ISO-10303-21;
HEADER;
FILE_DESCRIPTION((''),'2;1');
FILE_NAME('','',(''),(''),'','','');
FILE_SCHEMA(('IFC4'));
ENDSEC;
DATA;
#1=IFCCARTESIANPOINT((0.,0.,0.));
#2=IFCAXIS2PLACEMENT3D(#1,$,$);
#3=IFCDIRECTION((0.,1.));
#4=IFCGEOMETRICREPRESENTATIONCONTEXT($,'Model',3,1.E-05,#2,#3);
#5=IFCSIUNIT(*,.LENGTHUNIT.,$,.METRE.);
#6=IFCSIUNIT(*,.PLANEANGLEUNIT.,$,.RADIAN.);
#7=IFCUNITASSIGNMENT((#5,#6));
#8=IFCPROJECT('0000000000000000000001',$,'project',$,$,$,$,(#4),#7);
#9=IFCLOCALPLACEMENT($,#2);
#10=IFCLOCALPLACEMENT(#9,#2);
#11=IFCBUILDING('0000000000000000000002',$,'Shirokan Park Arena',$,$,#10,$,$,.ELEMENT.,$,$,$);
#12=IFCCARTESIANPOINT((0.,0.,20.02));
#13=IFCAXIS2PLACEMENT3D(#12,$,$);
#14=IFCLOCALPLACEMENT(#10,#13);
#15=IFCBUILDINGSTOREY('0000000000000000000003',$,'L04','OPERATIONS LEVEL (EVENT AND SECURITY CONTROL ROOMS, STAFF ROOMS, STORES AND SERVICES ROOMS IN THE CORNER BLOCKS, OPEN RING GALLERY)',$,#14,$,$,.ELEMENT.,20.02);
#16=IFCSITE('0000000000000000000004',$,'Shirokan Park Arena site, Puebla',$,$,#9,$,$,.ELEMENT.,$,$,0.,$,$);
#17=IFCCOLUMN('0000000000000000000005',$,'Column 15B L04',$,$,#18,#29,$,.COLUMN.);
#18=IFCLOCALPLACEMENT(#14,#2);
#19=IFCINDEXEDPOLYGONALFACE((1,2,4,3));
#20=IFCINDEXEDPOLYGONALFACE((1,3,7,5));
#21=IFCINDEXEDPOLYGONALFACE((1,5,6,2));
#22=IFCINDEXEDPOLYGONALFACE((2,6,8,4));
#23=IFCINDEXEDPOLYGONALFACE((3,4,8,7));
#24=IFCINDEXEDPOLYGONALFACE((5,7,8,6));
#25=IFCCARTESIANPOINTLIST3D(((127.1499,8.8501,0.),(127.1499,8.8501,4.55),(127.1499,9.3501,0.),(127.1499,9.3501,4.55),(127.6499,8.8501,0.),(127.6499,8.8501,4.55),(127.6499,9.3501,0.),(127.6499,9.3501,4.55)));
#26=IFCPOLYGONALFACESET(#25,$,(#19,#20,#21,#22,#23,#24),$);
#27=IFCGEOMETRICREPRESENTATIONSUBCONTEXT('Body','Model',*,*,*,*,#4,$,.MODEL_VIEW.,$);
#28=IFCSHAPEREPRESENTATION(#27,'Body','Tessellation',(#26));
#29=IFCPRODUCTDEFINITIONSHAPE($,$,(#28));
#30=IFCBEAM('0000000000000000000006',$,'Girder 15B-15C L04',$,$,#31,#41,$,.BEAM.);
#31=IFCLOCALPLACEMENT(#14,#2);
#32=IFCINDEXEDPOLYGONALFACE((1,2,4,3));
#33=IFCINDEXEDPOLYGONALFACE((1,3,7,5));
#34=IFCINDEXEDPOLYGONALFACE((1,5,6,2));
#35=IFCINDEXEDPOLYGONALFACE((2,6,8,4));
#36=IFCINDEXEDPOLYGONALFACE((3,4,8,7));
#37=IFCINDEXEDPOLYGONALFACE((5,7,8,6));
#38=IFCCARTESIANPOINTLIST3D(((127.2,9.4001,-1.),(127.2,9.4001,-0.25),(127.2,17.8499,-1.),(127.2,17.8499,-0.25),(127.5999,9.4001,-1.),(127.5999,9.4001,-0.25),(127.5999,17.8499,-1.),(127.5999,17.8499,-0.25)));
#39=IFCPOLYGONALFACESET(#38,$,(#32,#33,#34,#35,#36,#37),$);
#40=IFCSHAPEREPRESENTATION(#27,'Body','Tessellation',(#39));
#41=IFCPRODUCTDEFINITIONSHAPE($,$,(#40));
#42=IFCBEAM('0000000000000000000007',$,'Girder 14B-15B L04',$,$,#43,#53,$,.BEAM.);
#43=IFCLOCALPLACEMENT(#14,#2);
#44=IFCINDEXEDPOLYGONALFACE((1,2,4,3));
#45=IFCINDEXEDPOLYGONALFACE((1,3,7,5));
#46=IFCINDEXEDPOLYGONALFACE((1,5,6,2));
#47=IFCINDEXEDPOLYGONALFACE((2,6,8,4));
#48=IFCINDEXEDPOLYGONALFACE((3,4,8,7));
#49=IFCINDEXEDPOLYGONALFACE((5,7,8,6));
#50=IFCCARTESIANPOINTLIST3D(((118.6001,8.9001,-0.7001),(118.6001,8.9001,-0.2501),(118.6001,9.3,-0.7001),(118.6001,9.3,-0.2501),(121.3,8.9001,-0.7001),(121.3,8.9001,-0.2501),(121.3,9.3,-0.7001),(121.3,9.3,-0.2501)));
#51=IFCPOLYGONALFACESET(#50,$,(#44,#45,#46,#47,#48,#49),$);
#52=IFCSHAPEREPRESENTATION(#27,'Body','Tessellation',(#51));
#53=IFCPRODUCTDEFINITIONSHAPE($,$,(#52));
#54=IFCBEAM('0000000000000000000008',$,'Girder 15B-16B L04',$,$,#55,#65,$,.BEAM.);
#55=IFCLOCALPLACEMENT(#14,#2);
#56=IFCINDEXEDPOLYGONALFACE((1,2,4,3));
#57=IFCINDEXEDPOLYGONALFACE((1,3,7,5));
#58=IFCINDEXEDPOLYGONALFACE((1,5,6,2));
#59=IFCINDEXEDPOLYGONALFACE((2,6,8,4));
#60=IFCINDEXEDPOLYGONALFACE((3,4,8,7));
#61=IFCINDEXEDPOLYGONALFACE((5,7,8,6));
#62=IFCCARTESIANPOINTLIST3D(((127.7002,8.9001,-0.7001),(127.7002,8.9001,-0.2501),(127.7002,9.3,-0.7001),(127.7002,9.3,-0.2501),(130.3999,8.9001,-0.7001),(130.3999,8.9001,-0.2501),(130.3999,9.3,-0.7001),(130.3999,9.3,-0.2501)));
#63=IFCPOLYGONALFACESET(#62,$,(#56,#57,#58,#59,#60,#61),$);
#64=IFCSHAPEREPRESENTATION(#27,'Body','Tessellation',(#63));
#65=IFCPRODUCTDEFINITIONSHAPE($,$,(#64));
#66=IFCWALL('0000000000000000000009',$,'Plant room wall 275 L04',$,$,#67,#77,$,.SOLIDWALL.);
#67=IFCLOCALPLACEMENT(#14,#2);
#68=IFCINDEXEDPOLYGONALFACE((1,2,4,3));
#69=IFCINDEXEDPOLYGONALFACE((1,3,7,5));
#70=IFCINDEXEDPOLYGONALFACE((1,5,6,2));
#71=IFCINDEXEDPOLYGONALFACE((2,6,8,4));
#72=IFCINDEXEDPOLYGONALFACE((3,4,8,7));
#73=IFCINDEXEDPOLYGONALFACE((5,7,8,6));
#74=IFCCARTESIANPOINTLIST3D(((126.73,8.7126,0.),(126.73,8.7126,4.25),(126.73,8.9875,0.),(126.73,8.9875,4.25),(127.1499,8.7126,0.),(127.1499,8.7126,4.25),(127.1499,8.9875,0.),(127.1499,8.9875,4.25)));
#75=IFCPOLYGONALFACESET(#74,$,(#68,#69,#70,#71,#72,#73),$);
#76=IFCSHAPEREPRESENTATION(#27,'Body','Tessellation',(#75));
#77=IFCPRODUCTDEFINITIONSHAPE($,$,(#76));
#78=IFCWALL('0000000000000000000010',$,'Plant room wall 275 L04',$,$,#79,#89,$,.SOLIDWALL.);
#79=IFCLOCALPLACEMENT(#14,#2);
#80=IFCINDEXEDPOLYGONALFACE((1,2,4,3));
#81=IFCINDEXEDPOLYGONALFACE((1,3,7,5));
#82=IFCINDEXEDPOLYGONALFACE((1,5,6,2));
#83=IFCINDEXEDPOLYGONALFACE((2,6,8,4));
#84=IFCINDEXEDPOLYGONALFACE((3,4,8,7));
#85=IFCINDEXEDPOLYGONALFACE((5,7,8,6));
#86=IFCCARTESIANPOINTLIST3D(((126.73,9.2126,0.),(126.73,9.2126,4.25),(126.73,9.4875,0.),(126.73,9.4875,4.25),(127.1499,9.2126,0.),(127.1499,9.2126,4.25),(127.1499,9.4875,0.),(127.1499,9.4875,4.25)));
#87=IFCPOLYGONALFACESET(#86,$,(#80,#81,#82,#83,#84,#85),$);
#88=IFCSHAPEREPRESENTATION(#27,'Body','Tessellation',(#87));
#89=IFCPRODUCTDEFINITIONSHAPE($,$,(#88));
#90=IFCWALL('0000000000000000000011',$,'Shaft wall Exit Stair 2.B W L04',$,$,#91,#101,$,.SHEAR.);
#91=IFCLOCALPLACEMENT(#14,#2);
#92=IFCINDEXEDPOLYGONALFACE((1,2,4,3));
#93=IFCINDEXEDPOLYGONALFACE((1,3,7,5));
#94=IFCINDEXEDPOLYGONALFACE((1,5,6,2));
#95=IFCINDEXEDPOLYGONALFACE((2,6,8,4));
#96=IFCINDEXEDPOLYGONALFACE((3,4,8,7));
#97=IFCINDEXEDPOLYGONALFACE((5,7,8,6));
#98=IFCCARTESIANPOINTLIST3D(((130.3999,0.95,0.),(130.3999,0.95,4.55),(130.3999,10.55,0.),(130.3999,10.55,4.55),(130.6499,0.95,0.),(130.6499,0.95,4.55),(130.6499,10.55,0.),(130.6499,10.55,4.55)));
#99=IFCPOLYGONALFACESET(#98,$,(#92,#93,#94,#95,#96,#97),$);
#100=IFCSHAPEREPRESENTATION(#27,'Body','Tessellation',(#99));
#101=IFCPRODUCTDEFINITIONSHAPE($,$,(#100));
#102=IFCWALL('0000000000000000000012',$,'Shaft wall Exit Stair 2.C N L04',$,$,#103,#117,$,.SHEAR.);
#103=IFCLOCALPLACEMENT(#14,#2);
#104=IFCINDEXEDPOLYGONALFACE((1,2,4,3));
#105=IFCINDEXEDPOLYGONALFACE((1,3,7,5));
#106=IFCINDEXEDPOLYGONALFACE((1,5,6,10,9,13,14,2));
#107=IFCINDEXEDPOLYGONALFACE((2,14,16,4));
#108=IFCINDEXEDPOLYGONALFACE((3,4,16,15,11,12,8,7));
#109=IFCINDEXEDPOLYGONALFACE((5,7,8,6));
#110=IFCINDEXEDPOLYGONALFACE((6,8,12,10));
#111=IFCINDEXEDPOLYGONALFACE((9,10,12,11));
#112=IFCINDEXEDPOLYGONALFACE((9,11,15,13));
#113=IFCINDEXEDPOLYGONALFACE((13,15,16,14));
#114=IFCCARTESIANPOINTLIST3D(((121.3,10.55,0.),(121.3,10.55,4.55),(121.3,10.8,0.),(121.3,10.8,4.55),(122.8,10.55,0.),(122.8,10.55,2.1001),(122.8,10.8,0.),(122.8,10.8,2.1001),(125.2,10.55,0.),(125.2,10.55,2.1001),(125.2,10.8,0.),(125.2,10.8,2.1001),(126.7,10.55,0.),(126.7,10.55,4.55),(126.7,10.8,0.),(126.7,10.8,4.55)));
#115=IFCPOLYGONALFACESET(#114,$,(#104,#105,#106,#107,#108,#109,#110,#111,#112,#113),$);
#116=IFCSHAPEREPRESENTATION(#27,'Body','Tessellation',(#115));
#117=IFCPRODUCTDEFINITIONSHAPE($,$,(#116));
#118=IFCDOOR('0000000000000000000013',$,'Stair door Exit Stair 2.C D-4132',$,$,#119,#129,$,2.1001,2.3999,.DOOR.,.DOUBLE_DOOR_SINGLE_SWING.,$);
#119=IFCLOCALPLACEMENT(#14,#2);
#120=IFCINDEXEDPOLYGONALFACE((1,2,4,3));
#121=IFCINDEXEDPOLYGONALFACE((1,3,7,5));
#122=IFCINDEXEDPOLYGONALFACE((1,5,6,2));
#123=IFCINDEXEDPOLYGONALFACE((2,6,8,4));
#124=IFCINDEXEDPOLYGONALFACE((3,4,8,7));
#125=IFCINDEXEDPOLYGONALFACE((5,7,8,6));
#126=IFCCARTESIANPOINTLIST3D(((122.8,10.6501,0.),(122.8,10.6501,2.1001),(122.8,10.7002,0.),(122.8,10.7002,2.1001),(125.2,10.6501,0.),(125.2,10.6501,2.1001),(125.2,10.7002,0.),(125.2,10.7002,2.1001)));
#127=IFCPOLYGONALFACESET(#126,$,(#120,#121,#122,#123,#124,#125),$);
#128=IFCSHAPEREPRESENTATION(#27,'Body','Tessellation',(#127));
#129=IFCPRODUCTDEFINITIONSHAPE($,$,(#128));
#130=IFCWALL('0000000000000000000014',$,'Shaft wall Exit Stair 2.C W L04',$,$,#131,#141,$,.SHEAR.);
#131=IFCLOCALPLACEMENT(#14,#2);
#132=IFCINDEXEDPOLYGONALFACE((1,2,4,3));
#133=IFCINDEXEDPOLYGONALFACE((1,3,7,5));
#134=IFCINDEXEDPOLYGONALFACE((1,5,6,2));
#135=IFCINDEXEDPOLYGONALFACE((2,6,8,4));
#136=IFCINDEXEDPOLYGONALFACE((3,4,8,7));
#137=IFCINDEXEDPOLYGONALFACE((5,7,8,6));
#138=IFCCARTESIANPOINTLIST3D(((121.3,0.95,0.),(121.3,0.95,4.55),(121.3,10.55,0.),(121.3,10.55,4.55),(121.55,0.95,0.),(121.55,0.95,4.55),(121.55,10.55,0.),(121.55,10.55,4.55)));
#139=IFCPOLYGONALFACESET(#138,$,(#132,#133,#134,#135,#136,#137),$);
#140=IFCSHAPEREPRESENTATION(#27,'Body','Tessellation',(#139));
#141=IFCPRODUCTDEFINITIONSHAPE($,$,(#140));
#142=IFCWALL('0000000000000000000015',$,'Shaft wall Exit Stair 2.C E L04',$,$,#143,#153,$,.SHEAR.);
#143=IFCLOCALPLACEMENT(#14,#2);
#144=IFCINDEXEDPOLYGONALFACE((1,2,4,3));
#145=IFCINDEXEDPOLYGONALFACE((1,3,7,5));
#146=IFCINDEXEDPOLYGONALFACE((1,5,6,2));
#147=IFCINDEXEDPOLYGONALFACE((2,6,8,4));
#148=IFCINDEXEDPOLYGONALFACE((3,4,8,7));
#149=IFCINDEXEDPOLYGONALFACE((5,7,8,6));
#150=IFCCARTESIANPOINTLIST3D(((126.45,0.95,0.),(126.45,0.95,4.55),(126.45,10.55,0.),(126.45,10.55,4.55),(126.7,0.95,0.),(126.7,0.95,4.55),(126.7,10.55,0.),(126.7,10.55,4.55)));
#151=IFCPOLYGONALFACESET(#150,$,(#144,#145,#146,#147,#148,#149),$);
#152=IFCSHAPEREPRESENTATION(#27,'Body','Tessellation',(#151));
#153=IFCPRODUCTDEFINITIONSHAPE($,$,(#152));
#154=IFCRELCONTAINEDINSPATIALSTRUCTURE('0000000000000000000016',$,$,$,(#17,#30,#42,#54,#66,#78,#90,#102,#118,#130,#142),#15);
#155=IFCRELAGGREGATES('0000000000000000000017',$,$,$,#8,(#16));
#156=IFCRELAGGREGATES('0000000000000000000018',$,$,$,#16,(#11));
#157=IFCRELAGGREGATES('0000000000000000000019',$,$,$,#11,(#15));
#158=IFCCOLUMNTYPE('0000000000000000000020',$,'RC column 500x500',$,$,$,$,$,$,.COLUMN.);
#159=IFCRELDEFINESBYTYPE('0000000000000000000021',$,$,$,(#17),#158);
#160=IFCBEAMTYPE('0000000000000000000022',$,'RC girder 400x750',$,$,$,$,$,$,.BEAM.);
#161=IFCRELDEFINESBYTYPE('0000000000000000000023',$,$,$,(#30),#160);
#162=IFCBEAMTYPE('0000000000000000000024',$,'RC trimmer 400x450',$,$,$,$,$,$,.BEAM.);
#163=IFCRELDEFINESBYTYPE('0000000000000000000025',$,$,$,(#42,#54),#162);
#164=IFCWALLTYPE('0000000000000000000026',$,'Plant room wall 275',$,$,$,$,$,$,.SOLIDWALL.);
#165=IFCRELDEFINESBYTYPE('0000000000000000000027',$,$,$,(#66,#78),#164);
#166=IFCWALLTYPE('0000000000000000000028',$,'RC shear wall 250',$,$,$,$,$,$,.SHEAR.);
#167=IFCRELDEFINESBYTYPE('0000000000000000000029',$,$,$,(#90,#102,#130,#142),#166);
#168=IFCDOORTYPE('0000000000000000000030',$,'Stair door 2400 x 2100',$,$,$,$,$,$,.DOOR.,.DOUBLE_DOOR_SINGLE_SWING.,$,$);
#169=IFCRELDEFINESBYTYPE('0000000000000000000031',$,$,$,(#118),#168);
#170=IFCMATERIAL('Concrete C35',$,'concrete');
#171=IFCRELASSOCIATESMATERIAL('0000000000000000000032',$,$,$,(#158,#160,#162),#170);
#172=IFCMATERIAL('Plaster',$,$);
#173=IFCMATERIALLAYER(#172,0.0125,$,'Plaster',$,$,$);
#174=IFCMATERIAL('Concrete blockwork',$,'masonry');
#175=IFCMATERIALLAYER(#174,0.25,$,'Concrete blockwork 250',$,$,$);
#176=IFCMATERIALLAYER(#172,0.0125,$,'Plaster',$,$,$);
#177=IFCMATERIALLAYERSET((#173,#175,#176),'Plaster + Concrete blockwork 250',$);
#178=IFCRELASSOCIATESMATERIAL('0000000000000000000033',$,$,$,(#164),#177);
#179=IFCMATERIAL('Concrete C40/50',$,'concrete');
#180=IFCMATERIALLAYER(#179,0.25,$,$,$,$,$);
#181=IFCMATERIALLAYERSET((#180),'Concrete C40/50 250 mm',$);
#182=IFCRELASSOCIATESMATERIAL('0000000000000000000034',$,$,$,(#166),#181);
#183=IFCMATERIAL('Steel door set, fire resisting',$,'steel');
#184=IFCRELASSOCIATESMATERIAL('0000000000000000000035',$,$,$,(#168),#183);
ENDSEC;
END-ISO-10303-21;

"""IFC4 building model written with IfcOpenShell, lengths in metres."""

from ifc_helpers import new_model, si_unit, direction, frame, frame_2d, origin, origin_2d, place, context, subcontext, project, spatial, rectangle, extrude, material, layer, layer_set, material_profile, profile_set, type_object, element, fill, save


model = new_model("IFC4")

# Units and contexts
model_context = context("Model", 3, precision=1e-05, world=origin(), true_north=direction((0.0, 1.0)))
body_context = subcontext(model_context, "Body", "Model", "MODEL_VIEW")
ifc_project = project(units=[si_unit("LENGTHUNIT", "METRE"), si_unit("PLANEANGLEUNIT", "RADIAN")], contexts=[model_context])

# Site, building, storey
site_placement = place(None, origin())
site = spatial("IfcSite", under=ifc_project, at=site_placement, Name="Shirokan Park Arena site, Puebla", CompositionType="ELEMENT", RefElevation=0.0)
building_placement = place(site_placement, origin())
building = spatial("IfcBuilding", under=site, at=building_placement, Name="Shirokan Park Arena", CompositionType="ELEMENT")
storey_placement = place(building_placement, frame((0.0, 0.0, 20.02)))
storey = spatial("IfcBuildingStorey", under=building, at=storey_placement, Name="L04", Description="OPERATIONS LEVEL (EVENT AND SECURITY CONTROL ROOMS, STAFF ROOMS, STORES AND SERVICES ROOMS IN THE CORNER BLOCKS, OPEN RING GALLERY)", CompositionType="ELEMENT", Elevation=20.02)

# Column
ifc_material_1 = material(Name="Concrete C35", Category="concrete")
ifc_material_profile_1 = material_profile(ifc_material_1, rectangle(XDim=0.5, YDim=0.5, at=origin_2d()), Name="500x500")
ifc_profile_set_1 = profile_set([ifc_material_profile_1], Name="Concrete C35")
column_type = type_object("IfcColumnType", Name="RC column 500x500", PredefinedType="COLUMN", material=ifc_profile_set_1)
column_placement = place(storey_placement, frame((127.3999, 9.1001, 0.0), z_axis=(0.0, 0.0, 1.0), x_axis=(1.0, 0.0, 0.0)))
element("IfcColumn", 1, at=column_placement, inside=storey, type_object=column_type, Name="Column 15B L04", PredefinedType="COLUMN", context=body_context, shape_type="SweptSolid", body=[
    extrude(rectangle(XDim=0.5, YDim=0.5, at=origin_2d()), origin(), (0.0, 0.0, 1.0), 4.55),
])

# Beams
ifc_material_profile_2 = material_profile(ifc_material_1, rectangle(XDim=0.3999, YDim=0.75, at=origin_2d()), Name="400x750")
ifc_profile_set_2 = profile_set([ifc_material_profile_2], Name="Concrete C35")
beam_type_1 = type_object("IfcBeamType", Name="RC girder 400x750", PredefinedType="BEAM", material=ifc_profile_set_2)
beam_1_placement = place(storey_placement, frame((127.3999, 9.4001, -0.625), z_axis=(0.0, 1.0, 0.0), x_axis=(-1.0, 0.0, 0.0)))
element("IfcBeam", 2, at=beam_1_placement, inside=storey, type_object=beam_type_1, Name="Girder 15B-15C L04", PredefinedType="BEAM", context=body_context, shape_type="SweptSolid", body=[
    extrude(rectangle(XDim=0.3999, YDim=0.75, at=origin_2d()), origin(), (0.0, 0.0, 1.0), 8.4497),
])
ifc_material_profile_3 = material_profile(ifc_material_1, rectangle(XDim=0.3999, YDim=0.45, at=origin_2d()), Name="400x450")
ifc_profile_set_3 = profile_set([ifc_material_profile_3], Name="Concrete C35")
beam_type_2 = type_object("IfcBeamType", Name="RC trimmer 400x450", PredefinedType="BEAM", material=ifc_profile_set_3)
beam_2_placement = place(storey_placement, frame((118.6001, 9.1001, -0.4751), z_axis=(1.0, 0.0, 0.0), x_axis=(0.0, 1.0, 0.0)))
element("IfcBeam", 3, at=beam_2_placement, inside=storey, type_object=beam_type_2, Name="Girder 14B-15B L04", PredefinedType="BEAM", context=body_context, shape_type="SweptSolid", body=[
    extrude(rectangle(XDim=0.3999, YDim=0.45, at=origin_2d()), origin(), (0.0, 0.0, 1.0), 2.7),
])
beam_3_placement = place(storey_placement, frame((127.7002, 9.1001, -0.4751), z_axis=(1.0, 0.0, 0.0), x_axis=(0.0, 1.0, 0.0)))
element("IfcBeam", 4, at=beam_3_placement, inside=storey, type_object=beam_type_2, Name="Girder 15B-16B L04", PredefinedType="BEAM", context=body_context, shape_type="SweptSolid", body=[
    extrude(rectangle(XDim=0.3999, YDim=0.45, at=origin_2d()), origin(), (0.0, 0.0, 1.0), 2.6997),
])

# Walls
ifc_material_2 = material(Name="Plaster")
ifc_layer_1 = layer(ifc_material_2, 0.0125, Name="Plaster")
ifc_material_3 = material(Name="Concrete blockwork", Category="masonry")
ifc_layer_2 = layer(ifc_material_3, 0.25, Name="Concrete blockwork 250")
ifc_layer_3 = layer(ifc_material_2, 0.0125, Name="Plaster")
ifc_layer_set_1 = layer_set([ifc_layer_1, ifc_layer_2, ifc_layer_3], Name="Plaster + Concrete blockwork 250")
wall_type_1 = type_object("IfcWallType", Name="Plant room wall 275", PredefinedType="SOLIDWALL", material=ifc_layer_set_1)
for number, where, z_axis, x_axis, name in (
    (5, (126.73, 8.8501, 0.0), (0.0, 0.0, 1.0), (1.0, 0.0, 0.0), "Plant room wall 275 L04"),
    (6, (127.1499, 9.3501, 0.0), (0.0, 0.0, 1.0), (-1.0, 0.0, 0.0), "Plant room wall 275 L04"),
):
    element("IfcWall", number, at=place(storey_placement, frame(where, z_axis=z_axis, x_axis=x_axis)), inside=storey, type_object=wall_type_1, Name=name, PredefinedType="SOLIDWALL", context=body_context, shape_type="SweptSolid", body=[
        extrude(rectangle(XDim=0.4199, YDim=0.2749, at=frame_2d((0.21, 0.0))), origin(), (0.0, 0.0, 1.0), 4.25),
    ])
ifc_material_4 = material(Name="Concrete C40/50", Category="concrete")
ifc_layer_4 = layer(ifc_material_4, 0.25)
ifc_layer_set_2 = layer_set([ifc_layer_4], Name="Concrete C40/50 250 mm")
wall_type_2 = type_object("IfcWallType", Name="RC shear wall 250", PredefinedType="SHEAR", material=ifc_layer_set_2)
wall_1_placement = place(storey_placement, frame((130.5249, 10.55, 0.0), z_axis=(0.0, 0.0, 1.0), x_axis=(0.0, -1.0, 0.0)))
element("IfcWall", 7, at=wall_1_placement, inside=storey, type_object=wall_type_2, Name="Shaft wall Exit Stair 2.B W L04", PredefinedType="SHEAR", context=body_context, shape_type="SweptSolid", body=[
    extrude(rectangle(XDim=9.6001, YDim=0.25, at=frame_2d((4.8, 0.0))), origin(), (0.0, 0.0, 1.0), 4.55),
])

# Wall, opening, door
wall_2_placement = place(storey_placement, frame((126.7, 10.675, 0.0), z_axis=(0.0, 0.0, 1.0), x_axis=(-1.0, 0.0, 0.0)))
wall_2 = element("IfcWall", 8, at=wall_2_placement, inside=storey, type_object=wall_type_2, Name="Shaft wall Exit Stair 2.C N L04", PredefinedType="SHEAR", context=body_context, shape_type="SweptSolid", body=[
    extrude(rectangle(XDim=5.3999, YDim=0.25, at=frame_2d((2.7, 0.0))), origin(), (0.0, 0.0, 1.0), 4.55),
])
opening_placement = place(wall_2_placement, frame((1.5, 0.0, 0.0)))
opening = element("IfcOpeningElement", 9, at=opening_placement, cuts=wall_2, PredefinedType="OPENING", context=body_context, shape_type="SweptSolid", body=[
    extrude(rectangle(XDim=2.3999, YDim=2.1001, at=frame_2d((1.2, 1.05))), frame((0.0, 0.135, 0.0), z_axis=(0.0, -1.0, 0.0), x_axis=(1.0, 0.0, 0.0)), (0.0, 0.0, 1.0), 0.27),
])
ifc_material_5 = material(Name="Steel door set, fire resisting", Category="steel")
door_type = type_object("IfcDoorType", Name="Stair door 2400 x 2100", OperationType="DOUBLE_DOOR_SINGLE_SWING", PredefinedType="DOOR", material=ifc_material_5)
door_placement = place(opening_placement, origin())
door = element("IfcDoor", 10, at=door_placement, inside=storey, type_object=door_type, Name="Stair door Exit Stair 2.C D-4132", OperationType="DOUBLE_DOOR_SINGLE_SWING", OverallHeight=2.1001, OverallWidth=2.3999, PredefinedType="DOOR", context=body_context, shape_type="SweptSolid", body=[
    extrude(rectangle(XDim=2.3999, YDim=2.1001, at=frame_2d((1.2, 1.05))), frame((0.0, 0.0249, 0.0), z_axis=(0.0, -1.0, 0.0), x_axis=(1.0, 0.0, 0.0)), (0.0, 0.0, 1.0), 0.05),
])
fill(opening, door)

# Walls
for number, where, z_axis, x_axis, name in (
    (11, (121.425, 10.55, 0.0), (0.0, 0.0, 1.0), (0.0, -1.0, 0.0), "Shaft wall Exit Stair 2.C W L04"),
    (12, (126.575, 10.55, 0.0), (0.0, 0.0, 1.0), (0.0, -1.0, 0.0), "Shaft wall Exit Stair 2.C E L04"),
):
    element("IfcWall", number, at=place(storey_placement, frame(where, z_axis=z_axis, x_axis=x_axis)), inside=storey, type_object=wall_type_2, Name=name, PredefinedType="SHEAR", context=body_context, shape_type="SweptSolid", body=[
        extrude(rectangle(XDim=9.6001, YDim=0.25, at=frame_2d((4.8, 0.0))), origin(), (0.0, 0.0, 1.0), 4.55),
    ])

save(model, "model.ifc")
